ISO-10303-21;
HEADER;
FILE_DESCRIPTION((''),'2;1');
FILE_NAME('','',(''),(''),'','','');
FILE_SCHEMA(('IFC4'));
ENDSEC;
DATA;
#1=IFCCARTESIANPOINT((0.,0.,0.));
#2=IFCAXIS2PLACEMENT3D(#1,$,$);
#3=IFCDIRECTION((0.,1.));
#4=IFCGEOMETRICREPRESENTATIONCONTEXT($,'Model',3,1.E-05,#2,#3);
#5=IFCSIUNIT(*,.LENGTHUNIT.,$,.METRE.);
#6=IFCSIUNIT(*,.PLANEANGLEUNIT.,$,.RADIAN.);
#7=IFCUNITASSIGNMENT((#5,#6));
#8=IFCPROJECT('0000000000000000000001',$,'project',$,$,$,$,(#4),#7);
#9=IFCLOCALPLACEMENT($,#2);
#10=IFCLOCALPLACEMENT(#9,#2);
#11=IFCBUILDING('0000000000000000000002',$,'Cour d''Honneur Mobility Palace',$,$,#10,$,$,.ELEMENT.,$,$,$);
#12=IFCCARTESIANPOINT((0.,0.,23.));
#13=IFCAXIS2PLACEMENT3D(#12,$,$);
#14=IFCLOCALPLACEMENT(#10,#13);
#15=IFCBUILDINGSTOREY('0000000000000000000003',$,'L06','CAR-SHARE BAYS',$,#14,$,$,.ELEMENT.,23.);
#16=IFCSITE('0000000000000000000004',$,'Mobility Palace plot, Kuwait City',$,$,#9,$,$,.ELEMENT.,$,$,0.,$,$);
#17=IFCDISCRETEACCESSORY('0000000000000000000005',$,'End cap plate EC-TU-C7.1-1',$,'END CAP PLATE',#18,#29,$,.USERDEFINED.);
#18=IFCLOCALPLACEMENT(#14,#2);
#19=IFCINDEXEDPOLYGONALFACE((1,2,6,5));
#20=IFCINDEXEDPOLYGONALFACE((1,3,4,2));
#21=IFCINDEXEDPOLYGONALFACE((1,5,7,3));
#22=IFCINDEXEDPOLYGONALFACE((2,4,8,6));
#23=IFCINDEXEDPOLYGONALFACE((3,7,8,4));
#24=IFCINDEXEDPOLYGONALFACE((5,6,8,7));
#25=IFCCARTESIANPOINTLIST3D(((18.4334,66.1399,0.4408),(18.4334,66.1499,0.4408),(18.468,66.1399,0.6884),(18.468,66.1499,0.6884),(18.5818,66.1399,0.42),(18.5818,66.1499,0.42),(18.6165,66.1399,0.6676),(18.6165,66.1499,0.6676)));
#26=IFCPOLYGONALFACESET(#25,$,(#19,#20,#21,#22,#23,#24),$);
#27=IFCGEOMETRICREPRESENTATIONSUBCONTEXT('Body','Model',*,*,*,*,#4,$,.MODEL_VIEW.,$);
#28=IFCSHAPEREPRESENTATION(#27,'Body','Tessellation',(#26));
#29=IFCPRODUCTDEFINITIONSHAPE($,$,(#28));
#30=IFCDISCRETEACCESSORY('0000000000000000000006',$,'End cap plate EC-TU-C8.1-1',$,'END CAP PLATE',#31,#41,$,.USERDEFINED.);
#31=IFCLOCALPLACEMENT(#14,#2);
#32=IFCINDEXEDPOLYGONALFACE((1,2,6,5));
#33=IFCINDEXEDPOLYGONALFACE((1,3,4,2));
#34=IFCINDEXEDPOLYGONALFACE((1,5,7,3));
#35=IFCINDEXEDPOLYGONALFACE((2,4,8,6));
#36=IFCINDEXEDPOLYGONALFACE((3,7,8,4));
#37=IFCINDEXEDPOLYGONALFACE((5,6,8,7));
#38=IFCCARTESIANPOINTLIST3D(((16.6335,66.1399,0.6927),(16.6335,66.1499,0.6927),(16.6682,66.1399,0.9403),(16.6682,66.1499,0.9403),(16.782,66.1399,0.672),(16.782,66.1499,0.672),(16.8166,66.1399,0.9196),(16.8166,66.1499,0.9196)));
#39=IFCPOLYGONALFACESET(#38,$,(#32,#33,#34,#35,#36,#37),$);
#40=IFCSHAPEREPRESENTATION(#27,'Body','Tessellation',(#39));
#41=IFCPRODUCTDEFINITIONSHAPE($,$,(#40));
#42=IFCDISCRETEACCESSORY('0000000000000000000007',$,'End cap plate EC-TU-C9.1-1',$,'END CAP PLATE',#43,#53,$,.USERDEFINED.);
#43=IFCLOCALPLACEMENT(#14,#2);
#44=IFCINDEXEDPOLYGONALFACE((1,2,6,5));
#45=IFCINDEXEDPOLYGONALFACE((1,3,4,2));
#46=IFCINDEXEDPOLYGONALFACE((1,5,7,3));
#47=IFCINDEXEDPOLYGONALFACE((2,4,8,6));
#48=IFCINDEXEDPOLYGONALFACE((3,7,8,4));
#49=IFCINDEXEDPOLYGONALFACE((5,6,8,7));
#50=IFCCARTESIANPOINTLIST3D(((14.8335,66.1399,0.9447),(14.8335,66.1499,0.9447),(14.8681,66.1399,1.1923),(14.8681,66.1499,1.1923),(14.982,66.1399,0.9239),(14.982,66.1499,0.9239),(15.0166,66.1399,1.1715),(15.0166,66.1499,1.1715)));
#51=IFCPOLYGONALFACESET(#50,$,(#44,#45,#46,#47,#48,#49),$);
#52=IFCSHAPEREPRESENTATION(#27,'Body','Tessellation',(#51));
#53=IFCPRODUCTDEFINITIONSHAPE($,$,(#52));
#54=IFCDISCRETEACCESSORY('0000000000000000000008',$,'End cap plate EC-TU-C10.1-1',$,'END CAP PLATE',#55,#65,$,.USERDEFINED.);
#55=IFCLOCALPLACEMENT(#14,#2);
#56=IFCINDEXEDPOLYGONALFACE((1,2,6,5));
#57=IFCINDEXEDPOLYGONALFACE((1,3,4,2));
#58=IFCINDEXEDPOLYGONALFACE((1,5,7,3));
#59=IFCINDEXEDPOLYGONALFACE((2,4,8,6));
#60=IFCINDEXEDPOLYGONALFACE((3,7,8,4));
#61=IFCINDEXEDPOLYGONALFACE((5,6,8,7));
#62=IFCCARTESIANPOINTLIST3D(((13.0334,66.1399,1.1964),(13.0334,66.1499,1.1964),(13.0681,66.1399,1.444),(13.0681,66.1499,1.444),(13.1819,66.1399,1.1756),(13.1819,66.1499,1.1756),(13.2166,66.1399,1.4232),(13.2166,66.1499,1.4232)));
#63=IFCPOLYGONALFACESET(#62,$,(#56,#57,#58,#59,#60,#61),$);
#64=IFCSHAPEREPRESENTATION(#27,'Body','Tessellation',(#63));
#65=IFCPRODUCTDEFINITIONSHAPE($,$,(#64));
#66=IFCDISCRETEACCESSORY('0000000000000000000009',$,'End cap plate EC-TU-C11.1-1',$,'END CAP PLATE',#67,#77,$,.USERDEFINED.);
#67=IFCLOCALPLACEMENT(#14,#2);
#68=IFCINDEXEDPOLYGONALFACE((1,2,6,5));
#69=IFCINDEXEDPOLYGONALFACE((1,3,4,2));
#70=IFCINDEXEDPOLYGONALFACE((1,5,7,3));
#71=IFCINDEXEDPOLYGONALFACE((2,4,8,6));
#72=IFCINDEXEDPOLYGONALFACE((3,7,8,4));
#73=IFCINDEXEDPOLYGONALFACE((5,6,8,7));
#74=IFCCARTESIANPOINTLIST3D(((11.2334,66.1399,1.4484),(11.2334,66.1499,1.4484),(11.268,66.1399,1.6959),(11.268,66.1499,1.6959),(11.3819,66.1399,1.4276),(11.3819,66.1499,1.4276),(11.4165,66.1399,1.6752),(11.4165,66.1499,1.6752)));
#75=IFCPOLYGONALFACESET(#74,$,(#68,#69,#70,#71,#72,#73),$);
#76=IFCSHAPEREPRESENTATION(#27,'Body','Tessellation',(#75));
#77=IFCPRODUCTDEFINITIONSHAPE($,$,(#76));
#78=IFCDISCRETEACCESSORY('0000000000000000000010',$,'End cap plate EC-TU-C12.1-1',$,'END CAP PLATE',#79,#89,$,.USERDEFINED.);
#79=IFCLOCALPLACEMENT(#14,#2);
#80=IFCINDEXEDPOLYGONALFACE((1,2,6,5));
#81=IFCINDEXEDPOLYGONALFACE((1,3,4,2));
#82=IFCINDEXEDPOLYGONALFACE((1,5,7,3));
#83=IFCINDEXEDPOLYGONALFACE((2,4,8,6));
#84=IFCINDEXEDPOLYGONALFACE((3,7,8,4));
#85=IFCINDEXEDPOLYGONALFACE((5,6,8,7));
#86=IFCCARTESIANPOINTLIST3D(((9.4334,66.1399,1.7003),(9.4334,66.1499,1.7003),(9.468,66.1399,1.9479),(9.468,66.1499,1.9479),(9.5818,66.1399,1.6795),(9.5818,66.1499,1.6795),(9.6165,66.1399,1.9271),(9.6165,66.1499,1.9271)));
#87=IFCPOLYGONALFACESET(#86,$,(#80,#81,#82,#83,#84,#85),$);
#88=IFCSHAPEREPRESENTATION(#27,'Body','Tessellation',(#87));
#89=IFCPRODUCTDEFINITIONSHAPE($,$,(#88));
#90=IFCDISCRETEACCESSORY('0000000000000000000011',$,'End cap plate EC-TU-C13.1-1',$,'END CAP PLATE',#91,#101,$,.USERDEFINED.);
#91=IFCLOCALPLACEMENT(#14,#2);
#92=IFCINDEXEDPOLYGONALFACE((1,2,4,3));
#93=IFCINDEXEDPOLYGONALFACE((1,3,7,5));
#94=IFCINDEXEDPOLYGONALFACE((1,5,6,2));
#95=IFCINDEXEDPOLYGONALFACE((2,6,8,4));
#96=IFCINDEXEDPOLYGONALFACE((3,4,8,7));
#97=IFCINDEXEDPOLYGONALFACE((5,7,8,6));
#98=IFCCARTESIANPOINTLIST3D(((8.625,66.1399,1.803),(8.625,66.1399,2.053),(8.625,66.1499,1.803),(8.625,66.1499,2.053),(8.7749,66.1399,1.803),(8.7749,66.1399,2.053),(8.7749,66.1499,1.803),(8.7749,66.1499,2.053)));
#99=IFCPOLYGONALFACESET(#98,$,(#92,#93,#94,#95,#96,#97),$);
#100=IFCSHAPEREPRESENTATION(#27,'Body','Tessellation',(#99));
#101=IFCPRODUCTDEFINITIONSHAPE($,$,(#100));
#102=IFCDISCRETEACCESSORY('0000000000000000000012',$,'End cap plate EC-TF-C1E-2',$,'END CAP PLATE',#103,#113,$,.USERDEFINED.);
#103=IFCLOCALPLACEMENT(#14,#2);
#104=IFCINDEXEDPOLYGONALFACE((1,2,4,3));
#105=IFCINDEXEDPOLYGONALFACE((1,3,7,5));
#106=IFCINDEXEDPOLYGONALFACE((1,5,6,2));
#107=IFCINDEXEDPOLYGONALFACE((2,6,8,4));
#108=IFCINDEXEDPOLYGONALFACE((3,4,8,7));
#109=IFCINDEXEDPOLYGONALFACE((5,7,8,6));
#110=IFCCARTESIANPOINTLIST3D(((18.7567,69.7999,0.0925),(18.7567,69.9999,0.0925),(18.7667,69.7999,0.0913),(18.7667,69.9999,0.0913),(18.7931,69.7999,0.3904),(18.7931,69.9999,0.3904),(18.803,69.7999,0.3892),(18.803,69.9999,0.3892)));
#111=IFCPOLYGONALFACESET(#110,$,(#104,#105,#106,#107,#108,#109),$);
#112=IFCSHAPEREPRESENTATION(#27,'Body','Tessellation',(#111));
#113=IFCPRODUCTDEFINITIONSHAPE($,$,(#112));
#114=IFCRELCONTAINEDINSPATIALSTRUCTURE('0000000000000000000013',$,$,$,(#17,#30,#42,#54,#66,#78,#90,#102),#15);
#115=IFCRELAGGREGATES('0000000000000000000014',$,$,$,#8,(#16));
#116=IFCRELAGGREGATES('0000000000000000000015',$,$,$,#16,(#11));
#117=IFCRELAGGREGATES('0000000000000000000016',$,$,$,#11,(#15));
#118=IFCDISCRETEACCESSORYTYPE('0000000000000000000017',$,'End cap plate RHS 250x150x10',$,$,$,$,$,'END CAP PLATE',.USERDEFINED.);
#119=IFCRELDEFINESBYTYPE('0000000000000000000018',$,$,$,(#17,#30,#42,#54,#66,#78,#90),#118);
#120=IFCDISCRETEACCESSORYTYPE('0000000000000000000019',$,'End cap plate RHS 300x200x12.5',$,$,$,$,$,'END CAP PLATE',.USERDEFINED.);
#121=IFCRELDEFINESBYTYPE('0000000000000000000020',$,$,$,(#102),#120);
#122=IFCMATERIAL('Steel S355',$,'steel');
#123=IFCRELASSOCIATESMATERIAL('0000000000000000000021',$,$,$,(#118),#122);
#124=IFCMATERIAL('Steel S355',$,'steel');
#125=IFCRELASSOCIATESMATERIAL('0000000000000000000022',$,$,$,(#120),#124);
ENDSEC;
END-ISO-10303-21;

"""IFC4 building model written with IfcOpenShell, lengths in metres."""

from ifc_helpers import new_model, si_unit, direction, frame, origin, origin_2d, place, context, subcontext, project, spatial, rectangle, extrude, material, material_profile, profile_set, type_object, element, save


model = new_model("IFC4")

# Units and contexts
model_context = context("Model", 3, precision=1e-05, world=origin(), true_north=direction((0.0, 1.0)))
body_context = subcontext(model_context, "Body", "Model", "MODEL_VIEW")
ifc_project = project(units=[si_unit("LENGTHUNIT", "METRE"), si_unit("PLANEANGLEUNIT", "RADIAN")], contexts=[model_context])

# Site, building, storey
site_placement = place(None, origin())
site = spatial("IfcSite", under=ifc_project, at=site_placement, Name="Mobility Palace plot, Kuwait City", CompositionType="ELEMENT", RefElevation=0.0)
building_placement = place(site_placement, origin())
building = spatial("IfcBuilding", under=site, at=building_placement, Name="Cour d'Honneur Mobility Palace", CompositionType="ELEMENT")
storey_placement = place(building_placement, frame((0.0, 0.0, 23.0)))
storey = spatial("IfcBuildingStorey", under=building, at=storey_placement, Name="L06", Description="CAR-SHARE BAYS", CompositionType="ELEMENT", Elevation=23.0)

# Discrete accessories
ifc_material_1 = material(Name="Steel S355", Category="steel")
ifc_material_profile_1 = material_profile(ifc_material_1, rectangle(XDim=0.1499, YDim=0.25, at=origin_2d()), Name="PL 250x150x10")
ifc_profile_set_1 = profile_set([ifc_material_profile_1], Name="Steel S355")
discrete_accessory_type_1 = type_object("IfcDiscreteAccessoryType", Name="End cap plate RHS 250x150x10", ElementType="END CAP PLATE", PredefinedType="USERDEFINED", material=ifc_profile_set_1)
for number, where, z_axis, x_axis, name in (
    (1, (18.5249, 66.1399, 0.5542), (0.0, 1.0, 0.0), (-0.99035, 0.0, 0.138591), "End cap plate EC-TU-C7.1-1"),
    (2, (16.7251, 66.1399, 0.8062), (0.0, 1.0, 0.0), (-0.99035, 0.0, 0.138591), "End cap plate EC-TU-C8.1-1"),
    (3, (14.925, 66.1399, 1.0581), (0.0, 1.0, 0.0), (-0.99035, 0.0, 0.138591), "End cap plate EC-TU-C9.1-1"),
    (4, (13.125, 66.1399, 1.3098), (0.0, 1.0, 0.0), (-0.99035, 0.0, 0.138591), "End cap plate EC-TU-C10.1-1"),
    (5, (11.325, 66.1399, 1.5618), (0.0, 1.0, 0.0), (-0.99035, 0.0, 0.138591), "End cap plate EC-TU-C11.1-1"),
    (6, (9.5249, 66.1399, 1.8137), (0.0, 1.0, 0.0), (-0.99035, 0.0, 0.138591), "End cap plate EC-TU-C12.1-1"),
    (7, (8.7, 66.1399, 1.928), (0.0, 1.0, 0.0), (-1.0, 0.0, 0.0), "End cap plate EC-TU-C13.1-1"),
):
    element("IfcDiscreteAccessory", number, at=place(storey_placement, frame(where, z_axis=z_axis, x_axis=x_axis)), inside=storey, type_object=discrete_accessory_type_1, Name=name, ObjectType="END CAP PLATE", PredefinedType="USERDEFINED", context=body_context, shape_type="SweptSolid", body=[
        extrude(rectangle(XDim=0.1499, YDim=0.25, at=origin_2d()), origin(), (0.0, 0.0, 1.0), 0.01),
    ])
ifc_material_2 = material(Name="Steel S355", Category="steel")
ifc_material_profile_2 = material_profile(ifc_material_2, rectangle(XDim=0.2, YDim=0.3, at=origin_2d()), Name="PL 300x200x10")
ifc_profile_set_2 = profile_set([ifc_material_profile_2], Name="Steel S355")
discrete_accessory_type_2 = type_object("IfcDiscreteAccessoryType", Name="End cap plate RHS 300x200x12.5", ElementType="END CAP PLATE", PredefinedType="USERDEFINED", material=ifc_profile_set_2)
discrete_accessory_placement = place(storey_placement, frame((18.7749, 69.8999, 0.2415), z_axis=(0.992646, 0.0, -0.121054), x_axis=(0.0, 1.0, 0.0)))
element("IfcDiscreteAccessory", 8, at=discrete_accessory_placement, inside=storey, type_object=discrete_accessory_type_2, Name="End cap plate EC-TF-C1E-2", ObjectType="END CAP PLATE", PredefinedType="USERDEFINED", context=body_context, shape_type="SweptSolid", body=[
    extrude(rectangle(XDim=0.2, YDim=0.3, at=origin_2d()), origin(), (0.0, 0.0, 1.0), 0.01),
])

save(model, "model.ifc")
